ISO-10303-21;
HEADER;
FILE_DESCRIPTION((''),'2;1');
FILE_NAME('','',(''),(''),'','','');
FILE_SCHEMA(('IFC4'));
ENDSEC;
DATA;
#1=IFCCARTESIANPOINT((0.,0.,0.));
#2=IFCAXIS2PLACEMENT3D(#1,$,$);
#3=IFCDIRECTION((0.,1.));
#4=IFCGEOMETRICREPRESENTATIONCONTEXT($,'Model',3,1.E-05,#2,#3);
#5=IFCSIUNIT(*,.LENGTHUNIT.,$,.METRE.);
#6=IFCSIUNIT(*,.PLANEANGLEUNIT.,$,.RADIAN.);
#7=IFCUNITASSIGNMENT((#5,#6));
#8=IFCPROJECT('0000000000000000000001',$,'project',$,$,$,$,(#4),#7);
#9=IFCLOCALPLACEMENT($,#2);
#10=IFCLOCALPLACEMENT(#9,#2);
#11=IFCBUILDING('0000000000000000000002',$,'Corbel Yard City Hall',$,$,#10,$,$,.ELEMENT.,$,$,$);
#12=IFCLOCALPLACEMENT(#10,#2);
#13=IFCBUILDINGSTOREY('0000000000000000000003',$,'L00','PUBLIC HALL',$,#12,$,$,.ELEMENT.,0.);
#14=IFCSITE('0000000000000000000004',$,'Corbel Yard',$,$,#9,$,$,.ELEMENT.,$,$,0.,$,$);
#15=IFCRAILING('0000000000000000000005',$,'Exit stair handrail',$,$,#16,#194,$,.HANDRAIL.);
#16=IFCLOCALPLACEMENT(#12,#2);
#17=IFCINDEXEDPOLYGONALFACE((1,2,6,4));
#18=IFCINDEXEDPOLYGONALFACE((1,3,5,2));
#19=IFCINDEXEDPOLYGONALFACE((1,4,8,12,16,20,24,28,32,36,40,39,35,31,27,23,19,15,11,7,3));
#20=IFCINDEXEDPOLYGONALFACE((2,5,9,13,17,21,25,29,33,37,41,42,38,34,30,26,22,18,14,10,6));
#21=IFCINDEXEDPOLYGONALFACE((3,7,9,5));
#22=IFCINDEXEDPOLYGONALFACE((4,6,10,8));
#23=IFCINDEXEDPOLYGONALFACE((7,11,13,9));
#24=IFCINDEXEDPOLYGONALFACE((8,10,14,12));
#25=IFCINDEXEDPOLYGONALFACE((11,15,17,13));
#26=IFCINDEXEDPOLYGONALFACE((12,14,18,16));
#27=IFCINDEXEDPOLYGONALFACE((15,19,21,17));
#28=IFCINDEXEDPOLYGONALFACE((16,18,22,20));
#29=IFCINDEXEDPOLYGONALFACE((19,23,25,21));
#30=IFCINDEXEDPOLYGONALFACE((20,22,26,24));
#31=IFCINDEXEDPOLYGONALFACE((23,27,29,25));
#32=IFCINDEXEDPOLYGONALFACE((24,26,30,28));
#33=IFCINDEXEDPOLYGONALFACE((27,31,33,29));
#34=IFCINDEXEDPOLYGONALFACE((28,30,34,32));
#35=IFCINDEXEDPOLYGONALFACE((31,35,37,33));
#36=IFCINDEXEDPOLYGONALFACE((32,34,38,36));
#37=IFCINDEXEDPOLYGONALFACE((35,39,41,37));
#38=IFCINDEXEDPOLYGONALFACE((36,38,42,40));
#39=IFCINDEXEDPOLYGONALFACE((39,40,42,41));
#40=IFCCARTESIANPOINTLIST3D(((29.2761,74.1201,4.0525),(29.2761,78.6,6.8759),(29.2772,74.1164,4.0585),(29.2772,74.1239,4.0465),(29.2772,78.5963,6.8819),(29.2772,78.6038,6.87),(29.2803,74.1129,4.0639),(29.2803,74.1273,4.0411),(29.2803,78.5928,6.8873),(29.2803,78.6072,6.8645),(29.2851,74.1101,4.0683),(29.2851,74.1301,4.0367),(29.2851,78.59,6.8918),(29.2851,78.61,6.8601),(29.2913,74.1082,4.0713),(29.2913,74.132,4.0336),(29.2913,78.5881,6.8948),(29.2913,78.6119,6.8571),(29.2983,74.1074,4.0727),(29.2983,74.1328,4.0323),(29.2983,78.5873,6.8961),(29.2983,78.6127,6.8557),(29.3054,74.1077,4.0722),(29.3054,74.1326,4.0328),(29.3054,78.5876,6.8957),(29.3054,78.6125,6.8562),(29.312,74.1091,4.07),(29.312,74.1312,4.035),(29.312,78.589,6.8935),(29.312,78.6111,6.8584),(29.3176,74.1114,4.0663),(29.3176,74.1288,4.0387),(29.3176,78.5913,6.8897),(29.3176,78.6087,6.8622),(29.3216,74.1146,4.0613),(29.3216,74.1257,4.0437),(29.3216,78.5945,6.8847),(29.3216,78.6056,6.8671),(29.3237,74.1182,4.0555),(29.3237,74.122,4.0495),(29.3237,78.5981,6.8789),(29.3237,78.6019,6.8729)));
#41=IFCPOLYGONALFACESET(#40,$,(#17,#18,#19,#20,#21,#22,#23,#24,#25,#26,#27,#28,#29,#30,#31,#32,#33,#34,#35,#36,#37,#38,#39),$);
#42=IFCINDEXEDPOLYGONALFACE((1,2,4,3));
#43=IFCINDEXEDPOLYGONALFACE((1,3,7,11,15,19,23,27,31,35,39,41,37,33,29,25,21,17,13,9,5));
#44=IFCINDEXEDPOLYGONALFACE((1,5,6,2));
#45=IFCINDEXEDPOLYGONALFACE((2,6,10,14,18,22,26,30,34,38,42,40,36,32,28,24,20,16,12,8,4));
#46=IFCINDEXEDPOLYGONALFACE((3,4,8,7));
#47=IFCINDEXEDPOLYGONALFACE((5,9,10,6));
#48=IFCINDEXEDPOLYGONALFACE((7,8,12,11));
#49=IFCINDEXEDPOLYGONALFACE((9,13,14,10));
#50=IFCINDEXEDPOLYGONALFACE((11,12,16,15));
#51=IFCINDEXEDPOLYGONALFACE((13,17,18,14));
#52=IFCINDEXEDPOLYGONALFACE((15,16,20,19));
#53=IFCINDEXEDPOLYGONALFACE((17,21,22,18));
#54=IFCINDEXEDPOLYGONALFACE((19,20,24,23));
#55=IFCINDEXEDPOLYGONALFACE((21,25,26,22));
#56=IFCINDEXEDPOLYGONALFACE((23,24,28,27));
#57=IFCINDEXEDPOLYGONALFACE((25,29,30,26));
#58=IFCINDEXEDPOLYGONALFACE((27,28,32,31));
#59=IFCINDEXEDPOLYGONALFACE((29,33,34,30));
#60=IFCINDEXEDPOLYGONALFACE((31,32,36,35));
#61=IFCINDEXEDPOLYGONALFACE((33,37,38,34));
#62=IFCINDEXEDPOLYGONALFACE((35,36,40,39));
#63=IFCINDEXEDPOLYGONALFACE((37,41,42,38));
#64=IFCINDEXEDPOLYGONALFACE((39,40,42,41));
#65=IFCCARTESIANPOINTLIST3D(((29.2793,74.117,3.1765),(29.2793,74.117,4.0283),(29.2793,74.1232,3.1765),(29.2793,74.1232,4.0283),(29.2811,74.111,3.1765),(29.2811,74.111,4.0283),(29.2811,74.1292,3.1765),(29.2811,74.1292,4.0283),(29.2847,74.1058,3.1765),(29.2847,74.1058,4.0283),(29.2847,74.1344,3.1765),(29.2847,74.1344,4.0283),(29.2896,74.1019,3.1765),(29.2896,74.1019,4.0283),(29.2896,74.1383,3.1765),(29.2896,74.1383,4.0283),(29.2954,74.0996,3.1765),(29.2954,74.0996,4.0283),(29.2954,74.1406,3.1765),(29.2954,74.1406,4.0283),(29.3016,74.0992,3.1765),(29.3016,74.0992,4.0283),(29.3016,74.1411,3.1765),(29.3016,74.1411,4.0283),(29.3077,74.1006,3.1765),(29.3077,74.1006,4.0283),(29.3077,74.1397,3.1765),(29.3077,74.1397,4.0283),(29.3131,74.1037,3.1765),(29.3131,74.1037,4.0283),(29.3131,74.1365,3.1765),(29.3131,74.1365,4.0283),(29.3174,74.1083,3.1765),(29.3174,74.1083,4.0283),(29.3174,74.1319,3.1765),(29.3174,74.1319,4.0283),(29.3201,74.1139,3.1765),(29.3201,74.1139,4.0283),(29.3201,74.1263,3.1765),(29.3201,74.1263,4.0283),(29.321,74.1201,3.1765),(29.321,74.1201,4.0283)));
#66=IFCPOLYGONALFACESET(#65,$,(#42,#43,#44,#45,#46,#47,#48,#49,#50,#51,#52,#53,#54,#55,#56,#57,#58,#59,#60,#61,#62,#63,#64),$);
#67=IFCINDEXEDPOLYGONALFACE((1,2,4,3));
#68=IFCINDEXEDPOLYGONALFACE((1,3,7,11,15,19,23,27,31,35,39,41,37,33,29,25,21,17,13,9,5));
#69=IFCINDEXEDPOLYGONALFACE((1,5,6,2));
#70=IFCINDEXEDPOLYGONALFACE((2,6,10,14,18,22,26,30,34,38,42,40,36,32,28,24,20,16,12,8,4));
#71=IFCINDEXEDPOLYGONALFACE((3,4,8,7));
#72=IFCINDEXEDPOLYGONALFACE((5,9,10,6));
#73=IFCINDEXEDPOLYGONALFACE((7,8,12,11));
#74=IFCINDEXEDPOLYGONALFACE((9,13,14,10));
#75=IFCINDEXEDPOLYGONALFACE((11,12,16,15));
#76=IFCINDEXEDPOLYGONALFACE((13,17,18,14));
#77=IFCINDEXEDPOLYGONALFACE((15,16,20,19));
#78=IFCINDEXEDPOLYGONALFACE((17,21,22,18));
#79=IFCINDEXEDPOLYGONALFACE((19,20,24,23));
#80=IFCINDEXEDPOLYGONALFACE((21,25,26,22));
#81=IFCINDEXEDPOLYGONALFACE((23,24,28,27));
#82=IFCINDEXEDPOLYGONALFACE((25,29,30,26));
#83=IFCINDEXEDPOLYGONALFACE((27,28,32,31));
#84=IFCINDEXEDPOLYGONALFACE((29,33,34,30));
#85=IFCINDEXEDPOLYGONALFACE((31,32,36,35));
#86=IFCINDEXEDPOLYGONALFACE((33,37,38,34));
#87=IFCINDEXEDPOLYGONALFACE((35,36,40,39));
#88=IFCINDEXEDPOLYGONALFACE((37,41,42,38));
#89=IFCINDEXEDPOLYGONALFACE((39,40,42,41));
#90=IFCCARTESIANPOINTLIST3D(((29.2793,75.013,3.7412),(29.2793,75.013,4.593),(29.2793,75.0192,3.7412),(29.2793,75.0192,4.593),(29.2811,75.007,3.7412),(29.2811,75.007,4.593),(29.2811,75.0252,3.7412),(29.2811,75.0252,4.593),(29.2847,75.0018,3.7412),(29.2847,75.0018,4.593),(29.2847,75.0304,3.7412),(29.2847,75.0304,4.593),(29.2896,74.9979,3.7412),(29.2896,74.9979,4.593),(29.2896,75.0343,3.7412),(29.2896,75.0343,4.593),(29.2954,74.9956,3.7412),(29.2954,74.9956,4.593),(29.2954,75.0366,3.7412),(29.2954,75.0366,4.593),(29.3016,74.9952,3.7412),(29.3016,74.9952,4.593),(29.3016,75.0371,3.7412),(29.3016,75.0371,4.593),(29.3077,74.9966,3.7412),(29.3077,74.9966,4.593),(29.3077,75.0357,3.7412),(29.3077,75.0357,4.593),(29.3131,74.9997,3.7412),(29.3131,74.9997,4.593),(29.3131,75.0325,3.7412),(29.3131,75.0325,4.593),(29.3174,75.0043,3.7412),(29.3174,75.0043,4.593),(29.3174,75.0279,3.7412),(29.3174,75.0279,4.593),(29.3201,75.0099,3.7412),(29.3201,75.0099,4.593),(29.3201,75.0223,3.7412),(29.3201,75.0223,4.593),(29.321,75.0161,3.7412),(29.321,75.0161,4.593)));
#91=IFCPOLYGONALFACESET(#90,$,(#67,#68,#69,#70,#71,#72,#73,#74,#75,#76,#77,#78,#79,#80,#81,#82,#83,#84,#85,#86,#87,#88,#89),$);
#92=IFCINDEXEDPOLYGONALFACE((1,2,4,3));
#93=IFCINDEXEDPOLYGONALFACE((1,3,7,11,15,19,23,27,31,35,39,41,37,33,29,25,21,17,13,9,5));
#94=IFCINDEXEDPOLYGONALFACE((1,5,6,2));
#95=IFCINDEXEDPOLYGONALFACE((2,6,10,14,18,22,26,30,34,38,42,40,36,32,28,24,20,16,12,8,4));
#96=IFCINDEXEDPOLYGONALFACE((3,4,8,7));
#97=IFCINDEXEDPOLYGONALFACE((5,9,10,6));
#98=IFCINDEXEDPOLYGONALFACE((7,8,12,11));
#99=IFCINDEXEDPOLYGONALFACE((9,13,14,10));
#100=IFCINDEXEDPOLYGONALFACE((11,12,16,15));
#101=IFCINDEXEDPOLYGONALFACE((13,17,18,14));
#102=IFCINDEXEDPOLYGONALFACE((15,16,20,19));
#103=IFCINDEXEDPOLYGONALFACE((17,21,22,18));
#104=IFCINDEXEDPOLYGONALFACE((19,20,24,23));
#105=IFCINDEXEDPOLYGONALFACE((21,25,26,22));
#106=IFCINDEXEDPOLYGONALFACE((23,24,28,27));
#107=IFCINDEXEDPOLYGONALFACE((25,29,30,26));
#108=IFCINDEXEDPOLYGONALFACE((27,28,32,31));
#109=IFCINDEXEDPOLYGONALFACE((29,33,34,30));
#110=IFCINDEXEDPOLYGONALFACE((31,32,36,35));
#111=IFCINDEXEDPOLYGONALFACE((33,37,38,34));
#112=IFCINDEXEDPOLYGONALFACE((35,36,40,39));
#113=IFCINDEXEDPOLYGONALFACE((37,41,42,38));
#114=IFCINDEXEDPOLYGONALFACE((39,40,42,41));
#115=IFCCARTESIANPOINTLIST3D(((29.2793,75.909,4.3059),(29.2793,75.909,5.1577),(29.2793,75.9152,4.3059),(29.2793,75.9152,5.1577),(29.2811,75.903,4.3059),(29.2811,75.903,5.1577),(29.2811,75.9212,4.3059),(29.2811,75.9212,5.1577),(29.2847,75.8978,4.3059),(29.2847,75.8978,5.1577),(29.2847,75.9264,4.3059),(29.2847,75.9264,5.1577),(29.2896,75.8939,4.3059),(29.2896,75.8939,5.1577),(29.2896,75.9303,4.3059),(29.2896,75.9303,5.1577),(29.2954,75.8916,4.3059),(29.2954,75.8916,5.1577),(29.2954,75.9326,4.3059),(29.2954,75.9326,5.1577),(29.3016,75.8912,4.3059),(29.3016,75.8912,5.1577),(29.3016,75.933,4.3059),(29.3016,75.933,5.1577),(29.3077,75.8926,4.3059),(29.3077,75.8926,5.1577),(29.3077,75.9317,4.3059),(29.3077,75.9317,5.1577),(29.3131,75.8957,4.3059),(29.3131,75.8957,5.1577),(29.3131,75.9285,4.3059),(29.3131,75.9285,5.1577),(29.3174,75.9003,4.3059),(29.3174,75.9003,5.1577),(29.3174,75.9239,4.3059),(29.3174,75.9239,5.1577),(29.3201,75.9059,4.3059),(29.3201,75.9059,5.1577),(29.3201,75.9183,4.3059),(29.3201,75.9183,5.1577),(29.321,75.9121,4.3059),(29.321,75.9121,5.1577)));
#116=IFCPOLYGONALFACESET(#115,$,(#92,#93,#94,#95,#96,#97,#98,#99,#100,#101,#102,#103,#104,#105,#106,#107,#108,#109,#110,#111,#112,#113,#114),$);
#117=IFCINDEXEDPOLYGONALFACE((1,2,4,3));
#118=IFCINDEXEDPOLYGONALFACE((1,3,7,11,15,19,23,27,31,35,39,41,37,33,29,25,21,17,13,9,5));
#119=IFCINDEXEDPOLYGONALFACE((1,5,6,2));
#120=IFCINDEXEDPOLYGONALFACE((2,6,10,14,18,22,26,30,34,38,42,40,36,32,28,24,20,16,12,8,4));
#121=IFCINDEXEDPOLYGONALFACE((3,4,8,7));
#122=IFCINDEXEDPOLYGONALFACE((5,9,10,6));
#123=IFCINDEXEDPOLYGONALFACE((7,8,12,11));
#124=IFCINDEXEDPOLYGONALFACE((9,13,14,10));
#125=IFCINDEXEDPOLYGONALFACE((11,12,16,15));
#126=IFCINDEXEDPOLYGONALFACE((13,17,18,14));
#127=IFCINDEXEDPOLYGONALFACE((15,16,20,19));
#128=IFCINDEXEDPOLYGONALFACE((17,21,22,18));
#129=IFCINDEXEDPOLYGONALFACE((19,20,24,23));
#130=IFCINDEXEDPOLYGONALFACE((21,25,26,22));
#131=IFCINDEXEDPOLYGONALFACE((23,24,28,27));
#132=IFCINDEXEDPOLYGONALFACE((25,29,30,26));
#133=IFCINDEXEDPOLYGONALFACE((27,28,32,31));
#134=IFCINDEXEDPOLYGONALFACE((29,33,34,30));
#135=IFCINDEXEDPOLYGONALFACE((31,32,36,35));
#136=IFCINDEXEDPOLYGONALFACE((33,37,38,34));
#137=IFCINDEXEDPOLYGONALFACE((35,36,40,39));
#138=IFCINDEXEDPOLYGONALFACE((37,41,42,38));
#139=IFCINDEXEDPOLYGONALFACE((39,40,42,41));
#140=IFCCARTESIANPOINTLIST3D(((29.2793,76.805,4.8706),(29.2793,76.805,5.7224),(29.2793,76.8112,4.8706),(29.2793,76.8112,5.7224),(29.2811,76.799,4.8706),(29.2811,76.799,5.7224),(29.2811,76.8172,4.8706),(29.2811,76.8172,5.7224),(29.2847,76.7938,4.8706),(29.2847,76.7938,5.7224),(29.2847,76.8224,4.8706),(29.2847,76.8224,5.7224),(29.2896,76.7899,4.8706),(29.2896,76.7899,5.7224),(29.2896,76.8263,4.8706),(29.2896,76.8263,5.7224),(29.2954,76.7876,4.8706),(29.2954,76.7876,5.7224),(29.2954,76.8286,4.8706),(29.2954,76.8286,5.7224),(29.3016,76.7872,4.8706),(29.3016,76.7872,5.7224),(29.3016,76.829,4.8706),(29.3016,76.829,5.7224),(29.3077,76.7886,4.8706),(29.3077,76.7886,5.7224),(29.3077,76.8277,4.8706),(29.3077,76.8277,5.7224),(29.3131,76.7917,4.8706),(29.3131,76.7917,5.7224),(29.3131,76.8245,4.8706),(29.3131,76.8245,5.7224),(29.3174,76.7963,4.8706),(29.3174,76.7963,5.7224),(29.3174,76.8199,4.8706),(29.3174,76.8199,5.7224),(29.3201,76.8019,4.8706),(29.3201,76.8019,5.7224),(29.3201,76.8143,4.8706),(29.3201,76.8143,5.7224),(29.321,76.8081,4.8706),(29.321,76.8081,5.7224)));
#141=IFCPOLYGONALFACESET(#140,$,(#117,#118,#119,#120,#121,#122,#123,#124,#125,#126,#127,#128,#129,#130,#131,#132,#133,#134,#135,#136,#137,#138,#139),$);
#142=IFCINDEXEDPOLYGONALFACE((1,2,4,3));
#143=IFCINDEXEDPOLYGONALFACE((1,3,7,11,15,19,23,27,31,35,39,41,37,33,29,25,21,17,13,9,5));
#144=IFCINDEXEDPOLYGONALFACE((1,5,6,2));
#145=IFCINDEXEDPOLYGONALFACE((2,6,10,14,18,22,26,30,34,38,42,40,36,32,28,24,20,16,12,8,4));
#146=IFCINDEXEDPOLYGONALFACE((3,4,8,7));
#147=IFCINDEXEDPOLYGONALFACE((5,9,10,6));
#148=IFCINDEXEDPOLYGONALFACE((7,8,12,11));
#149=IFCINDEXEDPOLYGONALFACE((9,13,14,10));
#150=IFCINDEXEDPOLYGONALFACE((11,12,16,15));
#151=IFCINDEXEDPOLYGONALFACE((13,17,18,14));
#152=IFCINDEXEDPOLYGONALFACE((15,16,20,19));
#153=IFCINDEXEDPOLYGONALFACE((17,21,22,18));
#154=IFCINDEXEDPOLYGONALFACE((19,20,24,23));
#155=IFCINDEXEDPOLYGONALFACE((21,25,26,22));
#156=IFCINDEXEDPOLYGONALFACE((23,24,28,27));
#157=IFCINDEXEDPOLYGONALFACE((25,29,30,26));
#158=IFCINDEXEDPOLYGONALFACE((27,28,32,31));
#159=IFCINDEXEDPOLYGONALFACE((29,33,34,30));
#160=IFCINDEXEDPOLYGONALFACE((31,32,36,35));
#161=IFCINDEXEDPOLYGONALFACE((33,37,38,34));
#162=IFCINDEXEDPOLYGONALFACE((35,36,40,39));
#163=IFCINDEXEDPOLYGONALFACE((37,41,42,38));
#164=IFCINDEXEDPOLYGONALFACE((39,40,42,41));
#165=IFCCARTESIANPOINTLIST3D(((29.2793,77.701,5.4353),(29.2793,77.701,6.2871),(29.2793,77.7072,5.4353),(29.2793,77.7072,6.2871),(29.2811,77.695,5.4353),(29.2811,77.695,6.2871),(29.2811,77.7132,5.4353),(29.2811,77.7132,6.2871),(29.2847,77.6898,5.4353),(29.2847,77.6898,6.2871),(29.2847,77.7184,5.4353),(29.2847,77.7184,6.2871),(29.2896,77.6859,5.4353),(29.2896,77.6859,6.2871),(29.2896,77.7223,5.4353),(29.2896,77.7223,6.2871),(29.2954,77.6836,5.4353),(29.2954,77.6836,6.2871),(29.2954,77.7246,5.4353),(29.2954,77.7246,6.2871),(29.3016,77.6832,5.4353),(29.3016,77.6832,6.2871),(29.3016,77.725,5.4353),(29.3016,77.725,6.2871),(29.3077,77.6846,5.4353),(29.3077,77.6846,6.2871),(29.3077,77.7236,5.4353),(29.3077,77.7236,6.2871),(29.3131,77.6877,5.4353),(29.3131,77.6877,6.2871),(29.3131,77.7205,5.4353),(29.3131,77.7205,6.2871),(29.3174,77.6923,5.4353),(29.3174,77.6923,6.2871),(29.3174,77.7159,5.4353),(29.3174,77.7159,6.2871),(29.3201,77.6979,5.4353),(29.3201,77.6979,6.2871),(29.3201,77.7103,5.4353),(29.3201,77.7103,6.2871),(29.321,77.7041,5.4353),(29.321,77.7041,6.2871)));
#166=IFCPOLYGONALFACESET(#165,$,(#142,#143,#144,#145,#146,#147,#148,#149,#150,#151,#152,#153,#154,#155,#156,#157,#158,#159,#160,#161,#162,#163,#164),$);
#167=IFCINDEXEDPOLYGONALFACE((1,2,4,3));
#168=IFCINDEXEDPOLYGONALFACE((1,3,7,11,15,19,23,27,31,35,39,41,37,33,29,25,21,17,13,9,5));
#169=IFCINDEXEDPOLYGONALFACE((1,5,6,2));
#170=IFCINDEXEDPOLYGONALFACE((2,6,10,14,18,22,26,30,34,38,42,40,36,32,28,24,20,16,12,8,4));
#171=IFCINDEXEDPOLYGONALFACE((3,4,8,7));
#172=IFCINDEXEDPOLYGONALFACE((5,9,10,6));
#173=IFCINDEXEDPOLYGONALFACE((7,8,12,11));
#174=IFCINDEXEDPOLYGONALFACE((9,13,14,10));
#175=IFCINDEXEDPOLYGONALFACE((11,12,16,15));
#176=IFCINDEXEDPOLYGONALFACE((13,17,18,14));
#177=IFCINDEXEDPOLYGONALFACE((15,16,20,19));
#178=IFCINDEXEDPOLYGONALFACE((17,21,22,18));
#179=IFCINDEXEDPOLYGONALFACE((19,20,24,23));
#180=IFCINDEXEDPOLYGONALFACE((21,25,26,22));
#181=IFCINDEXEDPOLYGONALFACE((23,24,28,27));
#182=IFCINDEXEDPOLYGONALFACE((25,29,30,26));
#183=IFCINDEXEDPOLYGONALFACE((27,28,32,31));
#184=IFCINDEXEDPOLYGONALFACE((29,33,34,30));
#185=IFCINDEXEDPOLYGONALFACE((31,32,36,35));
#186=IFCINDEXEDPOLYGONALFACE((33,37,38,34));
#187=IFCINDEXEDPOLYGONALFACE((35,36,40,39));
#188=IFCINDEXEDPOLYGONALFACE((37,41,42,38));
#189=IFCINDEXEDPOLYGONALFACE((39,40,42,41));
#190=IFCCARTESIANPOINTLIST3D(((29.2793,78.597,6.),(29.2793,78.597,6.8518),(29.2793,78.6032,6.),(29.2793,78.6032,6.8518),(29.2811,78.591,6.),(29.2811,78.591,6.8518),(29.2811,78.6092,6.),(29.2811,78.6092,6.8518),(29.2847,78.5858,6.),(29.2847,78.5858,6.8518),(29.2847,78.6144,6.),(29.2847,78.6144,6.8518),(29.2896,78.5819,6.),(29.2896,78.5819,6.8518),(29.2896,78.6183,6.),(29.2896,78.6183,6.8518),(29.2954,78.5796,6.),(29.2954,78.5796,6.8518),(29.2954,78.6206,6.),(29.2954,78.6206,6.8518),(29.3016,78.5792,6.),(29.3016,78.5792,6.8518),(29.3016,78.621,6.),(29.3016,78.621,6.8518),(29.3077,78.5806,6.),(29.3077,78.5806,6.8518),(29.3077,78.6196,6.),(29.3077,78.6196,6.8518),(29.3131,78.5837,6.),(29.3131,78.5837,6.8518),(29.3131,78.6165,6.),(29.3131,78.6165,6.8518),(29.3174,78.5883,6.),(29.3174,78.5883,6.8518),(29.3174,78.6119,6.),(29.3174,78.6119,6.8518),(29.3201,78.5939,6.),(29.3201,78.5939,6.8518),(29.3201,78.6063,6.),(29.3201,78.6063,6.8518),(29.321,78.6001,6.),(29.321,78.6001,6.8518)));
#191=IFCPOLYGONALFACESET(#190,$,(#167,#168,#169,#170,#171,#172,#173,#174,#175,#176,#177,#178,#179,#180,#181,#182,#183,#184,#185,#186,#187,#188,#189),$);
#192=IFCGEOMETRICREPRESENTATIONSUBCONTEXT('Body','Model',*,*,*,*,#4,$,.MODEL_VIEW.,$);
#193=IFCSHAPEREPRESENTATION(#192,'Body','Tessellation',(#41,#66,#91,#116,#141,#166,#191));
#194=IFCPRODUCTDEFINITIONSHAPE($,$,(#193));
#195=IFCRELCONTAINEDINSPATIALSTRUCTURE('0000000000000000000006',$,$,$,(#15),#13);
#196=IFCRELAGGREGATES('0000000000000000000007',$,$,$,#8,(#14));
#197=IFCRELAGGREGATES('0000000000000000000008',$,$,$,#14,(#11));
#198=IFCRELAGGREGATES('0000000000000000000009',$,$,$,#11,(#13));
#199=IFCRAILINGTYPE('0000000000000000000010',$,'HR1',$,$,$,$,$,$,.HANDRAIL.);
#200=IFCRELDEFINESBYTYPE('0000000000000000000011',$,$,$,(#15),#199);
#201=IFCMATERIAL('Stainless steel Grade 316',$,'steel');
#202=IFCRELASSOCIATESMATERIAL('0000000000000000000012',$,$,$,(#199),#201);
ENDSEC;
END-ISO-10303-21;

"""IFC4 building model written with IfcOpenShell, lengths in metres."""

from ifc_helpers import new_model, si_unit, direction, frame, origin, origin_2d, place, context, subcontext, project, spatial, circle, extrude, material, type_object, element, save


model = new_model("IFC4")

# Units and contexts
model_context = context("Model", 3, precision=1e-05, world=origin(), true_north=direction((0.0, 1.0)))
body_context = subcontext(model_context, "Body", "Model", "MODEL_VIEW")
ifc_project = project(units=[si_unit("LENGTHUNIT", "METRE"), si_unit("PLANEANGLEUNIT", "RADIAN")], contexts=[model_context])

# Site, building, storey
site_placement = place(None, origin())
site = spatial("IfcSite", under=ifc_project, at=site_placement, Name="Corbel Yard", CompositionType="ELEMENT", RefElevation=0.0)
building_placement = place(site_placement, origin())
building = spatial("IfcBuilding", under=site, at=building_placement, Name="Corbel Yard City Hall", CompositionType="ELEMENT")
storey_placement = place(building_placement, origin())
storey = spatial("IfcBuildingStorey", under=building, at=storey_placement, Name="L00", Description="PUBLIC HALL", CompositionType="ELEMENT", Elevation=0.0)

# Shared definitions
ifc_material_1 = material(Name="Stainless steel Grade 316", Category="steel")

# Railing
railing_type = type_object("IfcRailingType", Name="HR1", PredefinedType="HANDRAIL", material=ifc_material_1)
for number, where, name in (
    (1, (29.3, 74.1201, 3.1765), "Exit stair handrail"),
):
    element("IfcRailing", number, at=place(storey_placement, frame(where)), inside=storey, type_object=railing_type, Name=name, PredefinedType="HANDRAIL", context=body_context, shape_type="SweptSolid", body=[
        extrude(circle(Radius=0.0239, at=origin_2d()), frame((0.0, 0.0, 0.876), z_axis=(0.0, 0.845998, 0.533186), x_axis=(-1.0, 0.0, 0.0)), (0.0, 0.0, 1.0), 5.2954),
        extrude(circle(Radius=0.021, at=origin_2d()), origin(), (0.0, 0.0, 1.0), 0.8518),
        extrude(circle(Radius=0.021, at=origin_2d()), frame((0.0, 0.896, 0.5647)), (0.0, 0.0, 1.0), 0.8518),
        extrude(circle(Radius=0.021, at=origin_2d()), frame((0.0, 1.792, 1.1294)), (0.0, 0.0, 1.0), 0.8518),
        extrude(circle(Radius=0.021, at=origin_2d()), frame((0.0, 2.688, 1.6941)), (0.0, 0.0, 1.0), 0.8518),
        extrude(circle(Radius=0.021, at=origin_2d()), frame((0.0, 3.584, 2.2588)), (0.0, 0.0, 1.0), 0.8518),
        extrude(circle(Radius=0.021, at=origin_2d()), frame((0.0, 4.48, 2.8235)), (0.0, 0.0, 1.0), 0.8518),
    ])

save(model, "model.ifc")
